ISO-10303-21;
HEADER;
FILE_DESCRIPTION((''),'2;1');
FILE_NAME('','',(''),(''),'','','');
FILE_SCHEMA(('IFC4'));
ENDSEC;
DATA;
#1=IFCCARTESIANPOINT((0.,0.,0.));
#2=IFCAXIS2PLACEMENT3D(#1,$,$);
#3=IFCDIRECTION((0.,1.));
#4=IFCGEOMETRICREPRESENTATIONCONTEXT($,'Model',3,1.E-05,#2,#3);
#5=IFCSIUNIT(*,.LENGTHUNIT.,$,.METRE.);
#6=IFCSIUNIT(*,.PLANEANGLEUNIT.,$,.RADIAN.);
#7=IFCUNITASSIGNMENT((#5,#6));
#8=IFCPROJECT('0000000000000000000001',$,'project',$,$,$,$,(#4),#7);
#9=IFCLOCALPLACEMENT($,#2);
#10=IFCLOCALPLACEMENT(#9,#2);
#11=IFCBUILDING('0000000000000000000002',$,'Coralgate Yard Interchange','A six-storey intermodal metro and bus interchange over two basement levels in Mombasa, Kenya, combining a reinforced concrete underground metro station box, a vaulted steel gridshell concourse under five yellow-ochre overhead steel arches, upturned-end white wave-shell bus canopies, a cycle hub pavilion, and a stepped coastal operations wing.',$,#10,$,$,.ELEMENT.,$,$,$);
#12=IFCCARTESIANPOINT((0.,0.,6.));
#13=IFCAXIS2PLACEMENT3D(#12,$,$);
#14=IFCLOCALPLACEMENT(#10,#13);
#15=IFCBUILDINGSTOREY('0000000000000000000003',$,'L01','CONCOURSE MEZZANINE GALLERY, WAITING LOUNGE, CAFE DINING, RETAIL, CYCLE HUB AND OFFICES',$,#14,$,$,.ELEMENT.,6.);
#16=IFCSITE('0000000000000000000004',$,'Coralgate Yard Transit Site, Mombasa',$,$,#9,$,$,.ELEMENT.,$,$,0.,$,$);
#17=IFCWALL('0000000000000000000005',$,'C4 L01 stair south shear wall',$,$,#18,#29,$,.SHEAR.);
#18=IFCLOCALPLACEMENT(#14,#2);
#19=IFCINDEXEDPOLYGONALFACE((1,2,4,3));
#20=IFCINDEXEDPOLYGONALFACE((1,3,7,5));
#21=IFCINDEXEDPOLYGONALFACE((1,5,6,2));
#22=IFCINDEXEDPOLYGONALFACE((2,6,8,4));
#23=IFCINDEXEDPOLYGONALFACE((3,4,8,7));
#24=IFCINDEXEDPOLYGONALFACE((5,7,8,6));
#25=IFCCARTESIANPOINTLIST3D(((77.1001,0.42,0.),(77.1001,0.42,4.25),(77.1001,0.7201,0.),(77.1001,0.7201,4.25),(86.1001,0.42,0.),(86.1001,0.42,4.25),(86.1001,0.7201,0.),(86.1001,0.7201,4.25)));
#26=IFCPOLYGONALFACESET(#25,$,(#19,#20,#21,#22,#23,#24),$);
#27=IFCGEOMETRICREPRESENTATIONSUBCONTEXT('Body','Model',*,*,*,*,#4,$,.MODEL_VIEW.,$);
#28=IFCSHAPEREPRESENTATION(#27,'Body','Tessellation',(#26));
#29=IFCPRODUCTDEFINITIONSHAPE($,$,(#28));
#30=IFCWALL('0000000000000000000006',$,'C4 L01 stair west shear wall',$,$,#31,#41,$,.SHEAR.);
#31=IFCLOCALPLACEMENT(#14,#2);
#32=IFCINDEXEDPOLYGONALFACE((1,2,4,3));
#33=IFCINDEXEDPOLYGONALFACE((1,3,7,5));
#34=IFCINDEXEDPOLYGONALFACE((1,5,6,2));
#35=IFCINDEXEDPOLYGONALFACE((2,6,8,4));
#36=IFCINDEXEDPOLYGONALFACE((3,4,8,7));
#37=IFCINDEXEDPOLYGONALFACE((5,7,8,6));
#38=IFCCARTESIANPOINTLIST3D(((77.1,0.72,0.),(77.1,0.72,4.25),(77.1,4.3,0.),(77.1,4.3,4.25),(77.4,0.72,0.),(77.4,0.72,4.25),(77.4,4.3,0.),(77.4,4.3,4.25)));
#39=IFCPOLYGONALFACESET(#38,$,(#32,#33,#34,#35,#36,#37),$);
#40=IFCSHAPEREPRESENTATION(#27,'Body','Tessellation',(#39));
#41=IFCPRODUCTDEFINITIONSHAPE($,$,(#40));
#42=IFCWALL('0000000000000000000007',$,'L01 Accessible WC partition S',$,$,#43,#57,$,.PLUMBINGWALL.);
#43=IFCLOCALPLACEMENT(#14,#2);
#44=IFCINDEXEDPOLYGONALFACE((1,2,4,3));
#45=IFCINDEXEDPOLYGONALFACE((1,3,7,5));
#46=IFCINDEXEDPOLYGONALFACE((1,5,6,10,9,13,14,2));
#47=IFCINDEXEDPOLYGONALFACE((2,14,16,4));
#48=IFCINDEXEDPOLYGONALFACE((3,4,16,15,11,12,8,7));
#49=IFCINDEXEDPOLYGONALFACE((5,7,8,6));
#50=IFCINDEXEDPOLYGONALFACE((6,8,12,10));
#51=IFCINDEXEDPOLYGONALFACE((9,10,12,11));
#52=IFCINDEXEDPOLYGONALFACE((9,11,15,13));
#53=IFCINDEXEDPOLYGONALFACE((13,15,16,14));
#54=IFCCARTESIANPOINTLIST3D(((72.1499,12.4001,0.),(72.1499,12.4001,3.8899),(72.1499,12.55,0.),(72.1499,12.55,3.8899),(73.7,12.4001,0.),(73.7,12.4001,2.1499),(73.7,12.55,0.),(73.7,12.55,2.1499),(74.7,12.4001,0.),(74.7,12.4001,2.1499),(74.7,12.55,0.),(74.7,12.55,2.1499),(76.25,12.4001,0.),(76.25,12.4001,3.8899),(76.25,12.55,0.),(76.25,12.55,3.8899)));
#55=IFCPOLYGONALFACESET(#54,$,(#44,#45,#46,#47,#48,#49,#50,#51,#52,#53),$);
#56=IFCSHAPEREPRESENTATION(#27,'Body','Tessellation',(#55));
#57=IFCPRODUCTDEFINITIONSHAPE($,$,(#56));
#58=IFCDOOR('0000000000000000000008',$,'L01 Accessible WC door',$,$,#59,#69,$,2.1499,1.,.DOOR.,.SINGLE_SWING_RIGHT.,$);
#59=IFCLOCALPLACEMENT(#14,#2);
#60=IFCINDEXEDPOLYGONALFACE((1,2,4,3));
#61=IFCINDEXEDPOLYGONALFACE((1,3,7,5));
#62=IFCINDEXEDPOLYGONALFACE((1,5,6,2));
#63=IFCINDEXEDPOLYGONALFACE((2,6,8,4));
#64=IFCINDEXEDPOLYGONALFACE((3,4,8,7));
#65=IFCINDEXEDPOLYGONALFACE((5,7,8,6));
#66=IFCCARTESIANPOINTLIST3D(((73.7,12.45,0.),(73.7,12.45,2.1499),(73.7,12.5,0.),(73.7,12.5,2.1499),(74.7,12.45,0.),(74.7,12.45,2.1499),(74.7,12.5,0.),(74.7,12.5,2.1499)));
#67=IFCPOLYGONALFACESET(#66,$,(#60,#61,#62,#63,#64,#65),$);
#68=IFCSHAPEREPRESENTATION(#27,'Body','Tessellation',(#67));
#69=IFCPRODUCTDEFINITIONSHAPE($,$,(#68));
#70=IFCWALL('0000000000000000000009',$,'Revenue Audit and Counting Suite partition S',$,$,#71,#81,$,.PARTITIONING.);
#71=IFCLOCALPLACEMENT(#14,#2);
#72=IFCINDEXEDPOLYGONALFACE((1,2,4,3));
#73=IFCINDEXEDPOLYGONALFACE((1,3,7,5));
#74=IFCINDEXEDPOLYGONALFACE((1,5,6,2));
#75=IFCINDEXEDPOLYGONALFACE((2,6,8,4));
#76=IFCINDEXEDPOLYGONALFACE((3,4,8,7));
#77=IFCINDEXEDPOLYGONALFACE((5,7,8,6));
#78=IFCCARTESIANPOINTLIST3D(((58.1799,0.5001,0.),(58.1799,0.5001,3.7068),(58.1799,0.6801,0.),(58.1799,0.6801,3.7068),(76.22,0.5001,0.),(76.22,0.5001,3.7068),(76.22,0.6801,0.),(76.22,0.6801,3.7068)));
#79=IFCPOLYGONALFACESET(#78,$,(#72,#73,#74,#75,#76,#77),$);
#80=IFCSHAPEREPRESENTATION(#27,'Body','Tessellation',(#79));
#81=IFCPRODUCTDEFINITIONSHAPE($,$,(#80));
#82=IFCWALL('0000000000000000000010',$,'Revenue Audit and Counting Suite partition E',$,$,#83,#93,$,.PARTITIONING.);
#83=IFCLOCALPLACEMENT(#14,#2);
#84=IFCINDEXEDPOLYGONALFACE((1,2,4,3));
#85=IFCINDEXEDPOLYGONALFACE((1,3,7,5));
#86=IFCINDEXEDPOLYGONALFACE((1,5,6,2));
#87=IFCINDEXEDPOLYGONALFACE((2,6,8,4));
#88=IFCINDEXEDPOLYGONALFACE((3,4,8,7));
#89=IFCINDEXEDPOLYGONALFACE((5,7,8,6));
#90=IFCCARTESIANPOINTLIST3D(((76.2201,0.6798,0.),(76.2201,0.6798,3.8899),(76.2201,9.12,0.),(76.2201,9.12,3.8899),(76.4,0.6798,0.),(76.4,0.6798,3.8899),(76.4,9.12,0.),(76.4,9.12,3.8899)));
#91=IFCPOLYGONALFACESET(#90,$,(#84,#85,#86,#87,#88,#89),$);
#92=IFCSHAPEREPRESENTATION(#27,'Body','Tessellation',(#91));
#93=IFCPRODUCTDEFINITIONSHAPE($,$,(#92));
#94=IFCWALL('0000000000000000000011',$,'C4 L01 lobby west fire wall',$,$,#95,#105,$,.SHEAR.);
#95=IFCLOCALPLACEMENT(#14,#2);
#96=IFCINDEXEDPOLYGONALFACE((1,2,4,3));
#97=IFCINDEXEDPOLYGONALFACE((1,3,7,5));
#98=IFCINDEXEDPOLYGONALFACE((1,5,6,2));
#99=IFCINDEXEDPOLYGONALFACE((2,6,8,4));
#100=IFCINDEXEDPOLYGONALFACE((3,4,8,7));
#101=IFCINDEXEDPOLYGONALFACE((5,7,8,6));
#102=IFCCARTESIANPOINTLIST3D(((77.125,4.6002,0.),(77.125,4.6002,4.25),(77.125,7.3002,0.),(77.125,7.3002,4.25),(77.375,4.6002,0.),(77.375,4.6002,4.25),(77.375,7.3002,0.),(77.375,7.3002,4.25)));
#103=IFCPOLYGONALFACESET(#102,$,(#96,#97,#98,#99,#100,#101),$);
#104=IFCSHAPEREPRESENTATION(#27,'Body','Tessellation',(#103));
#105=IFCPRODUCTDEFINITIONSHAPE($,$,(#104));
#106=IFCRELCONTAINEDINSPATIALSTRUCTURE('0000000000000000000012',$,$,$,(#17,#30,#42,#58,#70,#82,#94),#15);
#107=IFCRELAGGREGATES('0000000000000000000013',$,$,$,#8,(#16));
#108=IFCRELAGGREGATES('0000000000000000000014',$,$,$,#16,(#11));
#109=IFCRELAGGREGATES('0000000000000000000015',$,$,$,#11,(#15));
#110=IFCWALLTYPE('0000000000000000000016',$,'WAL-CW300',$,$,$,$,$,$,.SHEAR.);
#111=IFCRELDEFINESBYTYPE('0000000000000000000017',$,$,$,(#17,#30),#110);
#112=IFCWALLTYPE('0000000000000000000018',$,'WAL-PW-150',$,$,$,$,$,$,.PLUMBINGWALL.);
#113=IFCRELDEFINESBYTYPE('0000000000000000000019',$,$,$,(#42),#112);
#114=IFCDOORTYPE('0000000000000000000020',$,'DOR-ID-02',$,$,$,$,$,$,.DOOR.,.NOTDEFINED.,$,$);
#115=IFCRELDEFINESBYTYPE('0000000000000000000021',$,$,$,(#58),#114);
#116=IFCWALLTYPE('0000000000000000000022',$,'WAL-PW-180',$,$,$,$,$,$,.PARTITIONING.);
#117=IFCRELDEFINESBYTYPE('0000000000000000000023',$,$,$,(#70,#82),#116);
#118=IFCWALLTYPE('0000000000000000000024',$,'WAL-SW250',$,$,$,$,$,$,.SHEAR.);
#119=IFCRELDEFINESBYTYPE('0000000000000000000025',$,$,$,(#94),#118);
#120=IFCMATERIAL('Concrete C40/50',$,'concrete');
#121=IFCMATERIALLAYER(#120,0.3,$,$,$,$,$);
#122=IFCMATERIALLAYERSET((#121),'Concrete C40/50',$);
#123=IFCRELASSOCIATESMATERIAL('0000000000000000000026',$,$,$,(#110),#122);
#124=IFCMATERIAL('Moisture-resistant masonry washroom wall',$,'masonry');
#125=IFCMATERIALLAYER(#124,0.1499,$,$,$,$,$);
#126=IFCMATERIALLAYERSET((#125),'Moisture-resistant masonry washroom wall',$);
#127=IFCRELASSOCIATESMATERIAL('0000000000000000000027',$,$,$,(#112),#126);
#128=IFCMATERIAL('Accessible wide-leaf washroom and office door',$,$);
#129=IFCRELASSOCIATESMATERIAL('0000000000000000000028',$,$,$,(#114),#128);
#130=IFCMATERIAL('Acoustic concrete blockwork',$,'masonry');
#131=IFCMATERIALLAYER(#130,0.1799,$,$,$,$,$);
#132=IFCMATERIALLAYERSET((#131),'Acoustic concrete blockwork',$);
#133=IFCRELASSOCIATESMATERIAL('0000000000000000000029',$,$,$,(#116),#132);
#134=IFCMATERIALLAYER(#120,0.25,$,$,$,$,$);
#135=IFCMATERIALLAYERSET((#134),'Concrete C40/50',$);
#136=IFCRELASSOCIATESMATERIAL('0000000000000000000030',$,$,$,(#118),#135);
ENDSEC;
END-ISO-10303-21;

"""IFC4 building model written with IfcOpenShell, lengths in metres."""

from ifc_helpers import new_model, si_unit, direction, frame, frame_2d, origin, place, context, subcontext, project, spatial, rectangle, extrude, material, layer, layer_set, type_object, element, fill, save


model = new_model("IFC4")

# Units and contexts
model_context = context("Model", 3, precision=1e-05, world=origin(), true_north=direction((0.0, 1.0)))
body_context = subcontext(model_context, "Body", "Model", "MODEL_VIEW")
ifc_project = project(units=[si_unit("LENGTHUNIT", "METRE"), si_unit("PLANEANGLEUNIT", "RADIAN")], contexts=[model_context])

# Site, building, storey
site_placement = place(None, origin())
site = spatial("IfcSite", under=ifc_project, at=site_placement, Name="Coralgate Yard Transit Site, Mombasa", CompositionType="ELEMENT", RefElevation=0.0)
building_placement = place(site_placement, origin())
building = spatial("IfcBuilding", under=site, at=building_placement, Name="Coralgate Yard Interchange", Description="A six-storey intermodal metro and bus interchange over two basement levels in Mombasa, Kenya, combining a reinforced concrete underground metro station box, a vaulted steel gridshell concourse under five yellow-ochre overhead steel arches, upturned-end white wave-shell bus canopies, a cycle hub pavilion, and a stepped coastal operations wing.", CompositionType="ELEMENT")
storey_placement = place(building_placement, frame((0.0, 0.0, 6.0)))
storey = spatial("IfcBuildingStorey", under=building, at=storey_placement, Name="L01", Description="CONCOURSE MEZZANINE GALLERY, WAITING LOUNGE, CAFE DINING, RETAIL, CYCLE HUB AND OFFICES", CompositionType="ELEMENT", Elevation=6.0)

# Walls
ifc_material_1 = material(Name="Concrete C40/50", Category="concrete")
ifc_layer_1 = layer(ifc_material_1, 0.3)
ifc_layer_set_1 = layer_set([ifc_layer_1], Name="Concrete C40/50")
wall_type_1 = type_object("IfcWallType", Name="WAL-CW300", PredefinedType="SHEAR", material=ifc_layer_set_1)
wall_1_placement = place(storey_placement, frame((77.1001, 0.5701, 0.0), z_axis=(0.0, 0.0, 1.0), x_axis=(1.0, 0.0, 0.0)))
element("IfcWall", 1, at=wall_1_placement, inside=storey, type_object=wall_type_1, Name="C4 L01 stair south shear wall", PredefinedType="SHEAR", context=body_context, shape_type="SweptSolid", body=[
    extrude(rectangle(XDim=9.0, YDim=0.3, at=frame_2d((4.5, 0.0))), origin(), (0.0, 0.0, 1.0), 4.25),
])
wall_2_placement = place(storey_placement, frame((77.25, 0.72, 0.0), z_axis=(0.0, 0.0, 1.0), x_axis=(0.0, 1.0, 0.0)))
element("IfcWall", 2, at=wall_2_placement, inside=storey, type_object=wall_type_1, Name="C4 L01 stair west shear wall", PredefinedType="SHEAR", context=body_context, shape_type="SweptSolid", body=[
    extrude(rectangle(XDim=3.5801, YDim=0.3, at=frame_2d((1.79, 0.0))), origin(), (0.0, 0.0, 1.0), 4.25),
])

# Wall, opening, door
ifc_material_2 = material(Name="Moisture-resistant masonry washroom wall", Category="masonry")
ifc_layer_2 = layer(ifc_material_2, 0.1499)
ifc_layer_set_2 = layer_set([ifc_layer_2], Name="Moisture-resistant masonry washroom wall")
wall_type_2 = type_object("IfcWallType", Name="WAL-PW-150", PredefinedType="PLUMBINGWALL", material=ifc_layer_set_2)
wall_3_placement = place(storey_placement, frame((76.25, 12.4751, 0.0), z_axis=(0.0, 0.0, 1.0), x_axis=(-1.0, 0.0, 0.0)))
wall_3 = element("IfcWall", 3, at=wall_3_placement, inside=storey, type_object=wall_type_2, Name="L01 Accessible WC partition S", PredefinedType="PLUMBINGWALL", context=body_context, shape_type="SweptSolid", body=[
    extrude(rectangle(XDim=4.1001, YDim=0.1499, at=frame_2d((2.05, 0.0))), origin(), (0.0, 0.0, 1.0), 3.8899),
])
opening_placement = place(wall_3_placement, frame((1.55, 0.0, 0.0)))
opening = element("IfcOpeningElement", 4, at=opening_placement, cuts=wall_3, PredefinedType="OPENING", context=body_context, shape_type="SweptSolid", body=[
    extrude(rectangle(XDim=1.0, YDim=2.1499, at=frame_2d((0.5, 1.075))), frame((0.0, 0.085, 0.0), z_axis=(0.0, -1.0, 0.0), x_axis=(1.0, 0.0, 0.0)), (0.0, 0.0, 1.0), 0.1699),
])
ifc_material_3 = material(Name="Accessible wide-leaf washroom and office door")
door_type = type_object("IfcDoorType", Name="DOR-ID-02", OperationType="NOTDEFINED", PredefinedType="DOOR", material=ifc_material_3)
door_placement = place(opening_placement, frame((1.0, 0.0, 0.0), z_axis=(0.0, 0.0, 1.0), x_axis=(-1.0, 0.0, 0.0)))
door = element("IfcDoor", 5, at=door_placement, inside=storey, type_object=door_type, Name="L01 Accessible WC door", OperationType="SINGLE_SWING_RIGHT", OverallHeight=2.1499, OverallWidth=1.0, PredefinedType="DOOR", context=body_context, shape_type="SweptSolid", body=[
    extrude(rectangle(XDim=1.0, YDim=2.1499, at=frame_2d((0.5, 1.075))), frame((0.0, 0.0249, 0.0), z_axis=(0.0, -1.0, 0.0), x_axis=(1.0, 0.0, 0.0)), (0.0, 0.0, 1.0), 0.05),
])
fill(opening, door)

# Walls
ifc_material_4 = material(Name="Acoustic concrete blockwork", Category="masonry")
ifc_layer_3 = layer(ifc_material_4, 0.1799)
ifc_layer_set_3 = layer_set([ifc_layer_3], Name="Acoustic concrete blockwork")
wall_type_3 = type_object("IfcWallType", Name="WAL-PW-180", PredefinedType="PARTITIONING", material=ifc_layer_set_3)
wall_4_placement = place(storey_placement, frame((76.22, 0.5901, 0.0), z_axis=(0.0, 0.0, 1.0), x_axis=(-1.0, 0.0, 0.0)))
element("IfcWall", 6, at=wall_4_placement, inside=storey, type_object=wall_type_3, Name="Revenue Audit and Counting Suite partition S", PredefinedType="PARTITIONING", context=body_context, shape_type="SweptSolid", body=[
    extrude(rectangle(XDim=18.04, YDim=0.1799, at=frame_2d((9.02, 0.0))), origin(), (0.0, 0.0, 1.0), 3.7068),
])
wall_5_placement = place(storey_placement, frame((76.3101, 9.1201, 0.0), z_axis=(0.0, 0.0, 1.0), x_axis=(0.0, -1.0, 0.0)))
element("IfcWall", 7, at=wall_5_placement, inside=storey, type_object=wall_type_3, Name="Revenue Audit and Counting Suite partition E", PredefinedType="PARTITIONING", context=body_context, shape_type="SweptSolid", body=[
    extrude(rectangle(XDim=8.4402, YDim=0.1799, at=frame_2d((4.2202, 0.0))), origin(), (0.0, 0.0, 1.0), 3.8899),
])
ifc_layer_4 = layer(ifc_material_1, 0.25)
ifc_layer_set_4 = layer_set([ifc_layer_4], Name="Concrete C40/50")
wall_type_4 = type_object("IfcWallType", Name="WAL-SW250", PredefinedType="SHEAR", material=ifc_layer_set_4)
wall_6_placement = place(storey_placement, frame((77.25, 4.6001, 0.0), z_axis=(0.0, 0.0, 1.0), x_axis=(0.0, 1.0, 0.0)))
element("IfcWall", 8, at=wall_6_placement, inside=storey, type_object=wall_type_4, Name="C4 L01 lobby west fire wall", PredefinedType="SHEAR", context=body_context, shape_type="SweptSolid", body=[
    extrude(rectangle(XDim=2.7, YDim=0.25, at=frame_2d((1.3501, 0.0))), origin(), (0.0, 0.0, 1.0), 4.25),
])

save(model, "model.ifc")
